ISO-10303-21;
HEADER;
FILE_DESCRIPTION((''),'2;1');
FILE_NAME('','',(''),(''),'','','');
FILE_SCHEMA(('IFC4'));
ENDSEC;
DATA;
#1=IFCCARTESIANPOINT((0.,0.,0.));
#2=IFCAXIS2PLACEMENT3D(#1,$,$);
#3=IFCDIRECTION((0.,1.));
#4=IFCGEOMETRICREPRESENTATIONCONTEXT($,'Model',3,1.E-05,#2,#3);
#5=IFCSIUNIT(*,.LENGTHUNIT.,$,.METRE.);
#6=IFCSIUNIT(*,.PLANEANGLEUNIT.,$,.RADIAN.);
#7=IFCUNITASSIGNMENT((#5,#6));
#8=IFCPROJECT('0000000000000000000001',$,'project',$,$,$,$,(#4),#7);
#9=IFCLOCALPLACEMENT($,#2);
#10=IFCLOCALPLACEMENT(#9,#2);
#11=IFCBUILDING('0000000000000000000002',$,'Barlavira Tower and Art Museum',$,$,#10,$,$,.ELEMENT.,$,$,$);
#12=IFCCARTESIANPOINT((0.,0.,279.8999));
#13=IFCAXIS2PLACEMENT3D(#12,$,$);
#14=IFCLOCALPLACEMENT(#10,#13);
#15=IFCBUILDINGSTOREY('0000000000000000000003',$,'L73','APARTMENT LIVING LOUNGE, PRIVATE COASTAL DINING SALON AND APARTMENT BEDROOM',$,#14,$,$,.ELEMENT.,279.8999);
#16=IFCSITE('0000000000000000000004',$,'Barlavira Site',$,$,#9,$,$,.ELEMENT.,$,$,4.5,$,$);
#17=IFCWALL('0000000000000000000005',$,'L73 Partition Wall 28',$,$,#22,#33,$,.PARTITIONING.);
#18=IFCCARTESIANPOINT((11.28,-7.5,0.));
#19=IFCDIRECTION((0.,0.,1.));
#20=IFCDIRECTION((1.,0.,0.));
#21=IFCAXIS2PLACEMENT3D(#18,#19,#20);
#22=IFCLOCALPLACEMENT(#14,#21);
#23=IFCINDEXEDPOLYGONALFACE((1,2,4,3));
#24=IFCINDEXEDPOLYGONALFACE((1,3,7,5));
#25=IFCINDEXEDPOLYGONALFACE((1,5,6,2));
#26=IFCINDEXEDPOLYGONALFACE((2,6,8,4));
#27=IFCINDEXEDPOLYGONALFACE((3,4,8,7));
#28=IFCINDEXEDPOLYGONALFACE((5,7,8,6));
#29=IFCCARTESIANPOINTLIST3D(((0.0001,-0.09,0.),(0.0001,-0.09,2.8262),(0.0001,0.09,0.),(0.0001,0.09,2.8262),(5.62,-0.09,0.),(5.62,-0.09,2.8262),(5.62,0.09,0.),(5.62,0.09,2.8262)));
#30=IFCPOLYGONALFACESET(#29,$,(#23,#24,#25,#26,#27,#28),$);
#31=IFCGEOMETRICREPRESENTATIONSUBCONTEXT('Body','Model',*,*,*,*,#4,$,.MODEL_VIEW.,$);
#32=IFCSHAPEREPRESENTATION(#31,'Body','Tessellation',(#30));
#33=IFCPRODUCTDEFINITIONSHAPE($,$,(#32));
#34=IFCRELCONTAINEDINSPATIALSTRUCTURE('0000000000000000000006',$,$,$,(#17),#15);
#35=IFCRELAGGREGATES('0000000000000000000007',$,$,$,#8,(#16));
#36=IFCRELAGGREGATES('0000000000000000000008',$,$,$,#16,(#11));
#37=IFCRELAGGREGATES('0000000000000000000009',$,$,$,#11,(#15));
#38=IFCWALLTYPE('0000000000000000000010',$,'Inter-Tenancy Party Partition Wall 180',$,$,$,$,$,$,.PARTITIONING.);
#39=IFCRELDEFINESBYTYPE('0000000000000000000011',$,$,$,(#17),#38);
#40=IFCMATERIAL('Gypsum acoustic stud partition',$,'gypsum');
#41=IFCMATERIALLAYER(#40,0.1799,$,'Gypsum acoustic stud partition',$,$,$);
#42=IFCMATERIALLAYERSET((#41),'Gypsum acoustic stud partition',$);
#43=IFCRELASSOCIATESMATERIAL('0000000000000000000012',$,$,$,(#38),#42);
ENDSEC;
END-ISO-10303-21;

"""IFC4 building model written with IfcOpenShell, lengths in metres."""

from ifc_helpers import new_model, si_unit, direction, frame, frame_2d, origin, place, context, subcontext, project, spatial, rectangle, extrude, material, layer, layer_set, type_object, element, save


model = new_model("IFC4")

# Units and contexts
model_context = context("Model", 3, precision=1e-05, world=origin(), true_north=direction((0.0, 1.0)))
body_context = subcontext(model_context, "Body", "Model", "MODEL_VIEW")
ifc_project = project(units=[si_unit("LENGTHUNIT", "METRE"), si_unit("PLANEANGLEUNIT", "RADIAN")], contexts=[model_context])

# Site, building, storey
site_placement = place(None, origin())
site = spatial("IfcSite", under=ifc_project, at=site_placement, Name="Barlavira Site", CompositionType="ELEMENT", RefElevation=4.5)
building_placement = place(site_placement, origin())
building = spatial("IfcBuilding", under=site, at=building_placement, Name="Barlavira Tower and Art Museum", CompositionType="ELEMENT")
storey_placement = place(building_placement, frame((0.0, 0.0, 279.8999)))
storey = spatial("IfcBuildingStorey", under=building, at=storey_placement, Name="L73", Description="APARTMENT LIVING LOUNGE, PRIVATE COASTAL DINING SALON AND APARTMENT BEDROOM", CompositionType="ELEMENT", Elevation=279.8999)

# Shared definitions
ifc_material_1 = material(Name="Gypsum acoustic stud partition", Category="gypsum")
ifc_layer_1 = layer(ifc_material_1, 0.1799, Name="Gypsum acoustic stud partition")
ifc_layer_set_1 = layer_set([ifc_layer_1], Name="Gypsum acoustic stud partition")
wall_type_1 = type_object("IfcWallType", Name="Inter-Tenancy Party Partition Wall 180", PredefinedType="PARTITIONING", material=ifc_layer_set_1)

# Wall
wall_1_placement = place(storey_placement, frame((11.28, -7.5, 0.0), z_axis=(0.0, 0.0, 1.0), x_axis=(1.0, 0.0, 0.0)))
element("IfcWall", 1, at=wall_1_placement, inside=storey, type_object=wall_type_1, Name="L73 Partition Wall 28", PredefinedType="PARTITIONING", context=body_context, shape_type="SweptSolid", body=[
    extrude(rectangle(XDim=5.6199, YDim=0.1799, at=frame_2d((2.8101, 0.0))), origin(), (0.0, 0.0, 1.0), 2.8262),
])

save(model, "model.ifc")
